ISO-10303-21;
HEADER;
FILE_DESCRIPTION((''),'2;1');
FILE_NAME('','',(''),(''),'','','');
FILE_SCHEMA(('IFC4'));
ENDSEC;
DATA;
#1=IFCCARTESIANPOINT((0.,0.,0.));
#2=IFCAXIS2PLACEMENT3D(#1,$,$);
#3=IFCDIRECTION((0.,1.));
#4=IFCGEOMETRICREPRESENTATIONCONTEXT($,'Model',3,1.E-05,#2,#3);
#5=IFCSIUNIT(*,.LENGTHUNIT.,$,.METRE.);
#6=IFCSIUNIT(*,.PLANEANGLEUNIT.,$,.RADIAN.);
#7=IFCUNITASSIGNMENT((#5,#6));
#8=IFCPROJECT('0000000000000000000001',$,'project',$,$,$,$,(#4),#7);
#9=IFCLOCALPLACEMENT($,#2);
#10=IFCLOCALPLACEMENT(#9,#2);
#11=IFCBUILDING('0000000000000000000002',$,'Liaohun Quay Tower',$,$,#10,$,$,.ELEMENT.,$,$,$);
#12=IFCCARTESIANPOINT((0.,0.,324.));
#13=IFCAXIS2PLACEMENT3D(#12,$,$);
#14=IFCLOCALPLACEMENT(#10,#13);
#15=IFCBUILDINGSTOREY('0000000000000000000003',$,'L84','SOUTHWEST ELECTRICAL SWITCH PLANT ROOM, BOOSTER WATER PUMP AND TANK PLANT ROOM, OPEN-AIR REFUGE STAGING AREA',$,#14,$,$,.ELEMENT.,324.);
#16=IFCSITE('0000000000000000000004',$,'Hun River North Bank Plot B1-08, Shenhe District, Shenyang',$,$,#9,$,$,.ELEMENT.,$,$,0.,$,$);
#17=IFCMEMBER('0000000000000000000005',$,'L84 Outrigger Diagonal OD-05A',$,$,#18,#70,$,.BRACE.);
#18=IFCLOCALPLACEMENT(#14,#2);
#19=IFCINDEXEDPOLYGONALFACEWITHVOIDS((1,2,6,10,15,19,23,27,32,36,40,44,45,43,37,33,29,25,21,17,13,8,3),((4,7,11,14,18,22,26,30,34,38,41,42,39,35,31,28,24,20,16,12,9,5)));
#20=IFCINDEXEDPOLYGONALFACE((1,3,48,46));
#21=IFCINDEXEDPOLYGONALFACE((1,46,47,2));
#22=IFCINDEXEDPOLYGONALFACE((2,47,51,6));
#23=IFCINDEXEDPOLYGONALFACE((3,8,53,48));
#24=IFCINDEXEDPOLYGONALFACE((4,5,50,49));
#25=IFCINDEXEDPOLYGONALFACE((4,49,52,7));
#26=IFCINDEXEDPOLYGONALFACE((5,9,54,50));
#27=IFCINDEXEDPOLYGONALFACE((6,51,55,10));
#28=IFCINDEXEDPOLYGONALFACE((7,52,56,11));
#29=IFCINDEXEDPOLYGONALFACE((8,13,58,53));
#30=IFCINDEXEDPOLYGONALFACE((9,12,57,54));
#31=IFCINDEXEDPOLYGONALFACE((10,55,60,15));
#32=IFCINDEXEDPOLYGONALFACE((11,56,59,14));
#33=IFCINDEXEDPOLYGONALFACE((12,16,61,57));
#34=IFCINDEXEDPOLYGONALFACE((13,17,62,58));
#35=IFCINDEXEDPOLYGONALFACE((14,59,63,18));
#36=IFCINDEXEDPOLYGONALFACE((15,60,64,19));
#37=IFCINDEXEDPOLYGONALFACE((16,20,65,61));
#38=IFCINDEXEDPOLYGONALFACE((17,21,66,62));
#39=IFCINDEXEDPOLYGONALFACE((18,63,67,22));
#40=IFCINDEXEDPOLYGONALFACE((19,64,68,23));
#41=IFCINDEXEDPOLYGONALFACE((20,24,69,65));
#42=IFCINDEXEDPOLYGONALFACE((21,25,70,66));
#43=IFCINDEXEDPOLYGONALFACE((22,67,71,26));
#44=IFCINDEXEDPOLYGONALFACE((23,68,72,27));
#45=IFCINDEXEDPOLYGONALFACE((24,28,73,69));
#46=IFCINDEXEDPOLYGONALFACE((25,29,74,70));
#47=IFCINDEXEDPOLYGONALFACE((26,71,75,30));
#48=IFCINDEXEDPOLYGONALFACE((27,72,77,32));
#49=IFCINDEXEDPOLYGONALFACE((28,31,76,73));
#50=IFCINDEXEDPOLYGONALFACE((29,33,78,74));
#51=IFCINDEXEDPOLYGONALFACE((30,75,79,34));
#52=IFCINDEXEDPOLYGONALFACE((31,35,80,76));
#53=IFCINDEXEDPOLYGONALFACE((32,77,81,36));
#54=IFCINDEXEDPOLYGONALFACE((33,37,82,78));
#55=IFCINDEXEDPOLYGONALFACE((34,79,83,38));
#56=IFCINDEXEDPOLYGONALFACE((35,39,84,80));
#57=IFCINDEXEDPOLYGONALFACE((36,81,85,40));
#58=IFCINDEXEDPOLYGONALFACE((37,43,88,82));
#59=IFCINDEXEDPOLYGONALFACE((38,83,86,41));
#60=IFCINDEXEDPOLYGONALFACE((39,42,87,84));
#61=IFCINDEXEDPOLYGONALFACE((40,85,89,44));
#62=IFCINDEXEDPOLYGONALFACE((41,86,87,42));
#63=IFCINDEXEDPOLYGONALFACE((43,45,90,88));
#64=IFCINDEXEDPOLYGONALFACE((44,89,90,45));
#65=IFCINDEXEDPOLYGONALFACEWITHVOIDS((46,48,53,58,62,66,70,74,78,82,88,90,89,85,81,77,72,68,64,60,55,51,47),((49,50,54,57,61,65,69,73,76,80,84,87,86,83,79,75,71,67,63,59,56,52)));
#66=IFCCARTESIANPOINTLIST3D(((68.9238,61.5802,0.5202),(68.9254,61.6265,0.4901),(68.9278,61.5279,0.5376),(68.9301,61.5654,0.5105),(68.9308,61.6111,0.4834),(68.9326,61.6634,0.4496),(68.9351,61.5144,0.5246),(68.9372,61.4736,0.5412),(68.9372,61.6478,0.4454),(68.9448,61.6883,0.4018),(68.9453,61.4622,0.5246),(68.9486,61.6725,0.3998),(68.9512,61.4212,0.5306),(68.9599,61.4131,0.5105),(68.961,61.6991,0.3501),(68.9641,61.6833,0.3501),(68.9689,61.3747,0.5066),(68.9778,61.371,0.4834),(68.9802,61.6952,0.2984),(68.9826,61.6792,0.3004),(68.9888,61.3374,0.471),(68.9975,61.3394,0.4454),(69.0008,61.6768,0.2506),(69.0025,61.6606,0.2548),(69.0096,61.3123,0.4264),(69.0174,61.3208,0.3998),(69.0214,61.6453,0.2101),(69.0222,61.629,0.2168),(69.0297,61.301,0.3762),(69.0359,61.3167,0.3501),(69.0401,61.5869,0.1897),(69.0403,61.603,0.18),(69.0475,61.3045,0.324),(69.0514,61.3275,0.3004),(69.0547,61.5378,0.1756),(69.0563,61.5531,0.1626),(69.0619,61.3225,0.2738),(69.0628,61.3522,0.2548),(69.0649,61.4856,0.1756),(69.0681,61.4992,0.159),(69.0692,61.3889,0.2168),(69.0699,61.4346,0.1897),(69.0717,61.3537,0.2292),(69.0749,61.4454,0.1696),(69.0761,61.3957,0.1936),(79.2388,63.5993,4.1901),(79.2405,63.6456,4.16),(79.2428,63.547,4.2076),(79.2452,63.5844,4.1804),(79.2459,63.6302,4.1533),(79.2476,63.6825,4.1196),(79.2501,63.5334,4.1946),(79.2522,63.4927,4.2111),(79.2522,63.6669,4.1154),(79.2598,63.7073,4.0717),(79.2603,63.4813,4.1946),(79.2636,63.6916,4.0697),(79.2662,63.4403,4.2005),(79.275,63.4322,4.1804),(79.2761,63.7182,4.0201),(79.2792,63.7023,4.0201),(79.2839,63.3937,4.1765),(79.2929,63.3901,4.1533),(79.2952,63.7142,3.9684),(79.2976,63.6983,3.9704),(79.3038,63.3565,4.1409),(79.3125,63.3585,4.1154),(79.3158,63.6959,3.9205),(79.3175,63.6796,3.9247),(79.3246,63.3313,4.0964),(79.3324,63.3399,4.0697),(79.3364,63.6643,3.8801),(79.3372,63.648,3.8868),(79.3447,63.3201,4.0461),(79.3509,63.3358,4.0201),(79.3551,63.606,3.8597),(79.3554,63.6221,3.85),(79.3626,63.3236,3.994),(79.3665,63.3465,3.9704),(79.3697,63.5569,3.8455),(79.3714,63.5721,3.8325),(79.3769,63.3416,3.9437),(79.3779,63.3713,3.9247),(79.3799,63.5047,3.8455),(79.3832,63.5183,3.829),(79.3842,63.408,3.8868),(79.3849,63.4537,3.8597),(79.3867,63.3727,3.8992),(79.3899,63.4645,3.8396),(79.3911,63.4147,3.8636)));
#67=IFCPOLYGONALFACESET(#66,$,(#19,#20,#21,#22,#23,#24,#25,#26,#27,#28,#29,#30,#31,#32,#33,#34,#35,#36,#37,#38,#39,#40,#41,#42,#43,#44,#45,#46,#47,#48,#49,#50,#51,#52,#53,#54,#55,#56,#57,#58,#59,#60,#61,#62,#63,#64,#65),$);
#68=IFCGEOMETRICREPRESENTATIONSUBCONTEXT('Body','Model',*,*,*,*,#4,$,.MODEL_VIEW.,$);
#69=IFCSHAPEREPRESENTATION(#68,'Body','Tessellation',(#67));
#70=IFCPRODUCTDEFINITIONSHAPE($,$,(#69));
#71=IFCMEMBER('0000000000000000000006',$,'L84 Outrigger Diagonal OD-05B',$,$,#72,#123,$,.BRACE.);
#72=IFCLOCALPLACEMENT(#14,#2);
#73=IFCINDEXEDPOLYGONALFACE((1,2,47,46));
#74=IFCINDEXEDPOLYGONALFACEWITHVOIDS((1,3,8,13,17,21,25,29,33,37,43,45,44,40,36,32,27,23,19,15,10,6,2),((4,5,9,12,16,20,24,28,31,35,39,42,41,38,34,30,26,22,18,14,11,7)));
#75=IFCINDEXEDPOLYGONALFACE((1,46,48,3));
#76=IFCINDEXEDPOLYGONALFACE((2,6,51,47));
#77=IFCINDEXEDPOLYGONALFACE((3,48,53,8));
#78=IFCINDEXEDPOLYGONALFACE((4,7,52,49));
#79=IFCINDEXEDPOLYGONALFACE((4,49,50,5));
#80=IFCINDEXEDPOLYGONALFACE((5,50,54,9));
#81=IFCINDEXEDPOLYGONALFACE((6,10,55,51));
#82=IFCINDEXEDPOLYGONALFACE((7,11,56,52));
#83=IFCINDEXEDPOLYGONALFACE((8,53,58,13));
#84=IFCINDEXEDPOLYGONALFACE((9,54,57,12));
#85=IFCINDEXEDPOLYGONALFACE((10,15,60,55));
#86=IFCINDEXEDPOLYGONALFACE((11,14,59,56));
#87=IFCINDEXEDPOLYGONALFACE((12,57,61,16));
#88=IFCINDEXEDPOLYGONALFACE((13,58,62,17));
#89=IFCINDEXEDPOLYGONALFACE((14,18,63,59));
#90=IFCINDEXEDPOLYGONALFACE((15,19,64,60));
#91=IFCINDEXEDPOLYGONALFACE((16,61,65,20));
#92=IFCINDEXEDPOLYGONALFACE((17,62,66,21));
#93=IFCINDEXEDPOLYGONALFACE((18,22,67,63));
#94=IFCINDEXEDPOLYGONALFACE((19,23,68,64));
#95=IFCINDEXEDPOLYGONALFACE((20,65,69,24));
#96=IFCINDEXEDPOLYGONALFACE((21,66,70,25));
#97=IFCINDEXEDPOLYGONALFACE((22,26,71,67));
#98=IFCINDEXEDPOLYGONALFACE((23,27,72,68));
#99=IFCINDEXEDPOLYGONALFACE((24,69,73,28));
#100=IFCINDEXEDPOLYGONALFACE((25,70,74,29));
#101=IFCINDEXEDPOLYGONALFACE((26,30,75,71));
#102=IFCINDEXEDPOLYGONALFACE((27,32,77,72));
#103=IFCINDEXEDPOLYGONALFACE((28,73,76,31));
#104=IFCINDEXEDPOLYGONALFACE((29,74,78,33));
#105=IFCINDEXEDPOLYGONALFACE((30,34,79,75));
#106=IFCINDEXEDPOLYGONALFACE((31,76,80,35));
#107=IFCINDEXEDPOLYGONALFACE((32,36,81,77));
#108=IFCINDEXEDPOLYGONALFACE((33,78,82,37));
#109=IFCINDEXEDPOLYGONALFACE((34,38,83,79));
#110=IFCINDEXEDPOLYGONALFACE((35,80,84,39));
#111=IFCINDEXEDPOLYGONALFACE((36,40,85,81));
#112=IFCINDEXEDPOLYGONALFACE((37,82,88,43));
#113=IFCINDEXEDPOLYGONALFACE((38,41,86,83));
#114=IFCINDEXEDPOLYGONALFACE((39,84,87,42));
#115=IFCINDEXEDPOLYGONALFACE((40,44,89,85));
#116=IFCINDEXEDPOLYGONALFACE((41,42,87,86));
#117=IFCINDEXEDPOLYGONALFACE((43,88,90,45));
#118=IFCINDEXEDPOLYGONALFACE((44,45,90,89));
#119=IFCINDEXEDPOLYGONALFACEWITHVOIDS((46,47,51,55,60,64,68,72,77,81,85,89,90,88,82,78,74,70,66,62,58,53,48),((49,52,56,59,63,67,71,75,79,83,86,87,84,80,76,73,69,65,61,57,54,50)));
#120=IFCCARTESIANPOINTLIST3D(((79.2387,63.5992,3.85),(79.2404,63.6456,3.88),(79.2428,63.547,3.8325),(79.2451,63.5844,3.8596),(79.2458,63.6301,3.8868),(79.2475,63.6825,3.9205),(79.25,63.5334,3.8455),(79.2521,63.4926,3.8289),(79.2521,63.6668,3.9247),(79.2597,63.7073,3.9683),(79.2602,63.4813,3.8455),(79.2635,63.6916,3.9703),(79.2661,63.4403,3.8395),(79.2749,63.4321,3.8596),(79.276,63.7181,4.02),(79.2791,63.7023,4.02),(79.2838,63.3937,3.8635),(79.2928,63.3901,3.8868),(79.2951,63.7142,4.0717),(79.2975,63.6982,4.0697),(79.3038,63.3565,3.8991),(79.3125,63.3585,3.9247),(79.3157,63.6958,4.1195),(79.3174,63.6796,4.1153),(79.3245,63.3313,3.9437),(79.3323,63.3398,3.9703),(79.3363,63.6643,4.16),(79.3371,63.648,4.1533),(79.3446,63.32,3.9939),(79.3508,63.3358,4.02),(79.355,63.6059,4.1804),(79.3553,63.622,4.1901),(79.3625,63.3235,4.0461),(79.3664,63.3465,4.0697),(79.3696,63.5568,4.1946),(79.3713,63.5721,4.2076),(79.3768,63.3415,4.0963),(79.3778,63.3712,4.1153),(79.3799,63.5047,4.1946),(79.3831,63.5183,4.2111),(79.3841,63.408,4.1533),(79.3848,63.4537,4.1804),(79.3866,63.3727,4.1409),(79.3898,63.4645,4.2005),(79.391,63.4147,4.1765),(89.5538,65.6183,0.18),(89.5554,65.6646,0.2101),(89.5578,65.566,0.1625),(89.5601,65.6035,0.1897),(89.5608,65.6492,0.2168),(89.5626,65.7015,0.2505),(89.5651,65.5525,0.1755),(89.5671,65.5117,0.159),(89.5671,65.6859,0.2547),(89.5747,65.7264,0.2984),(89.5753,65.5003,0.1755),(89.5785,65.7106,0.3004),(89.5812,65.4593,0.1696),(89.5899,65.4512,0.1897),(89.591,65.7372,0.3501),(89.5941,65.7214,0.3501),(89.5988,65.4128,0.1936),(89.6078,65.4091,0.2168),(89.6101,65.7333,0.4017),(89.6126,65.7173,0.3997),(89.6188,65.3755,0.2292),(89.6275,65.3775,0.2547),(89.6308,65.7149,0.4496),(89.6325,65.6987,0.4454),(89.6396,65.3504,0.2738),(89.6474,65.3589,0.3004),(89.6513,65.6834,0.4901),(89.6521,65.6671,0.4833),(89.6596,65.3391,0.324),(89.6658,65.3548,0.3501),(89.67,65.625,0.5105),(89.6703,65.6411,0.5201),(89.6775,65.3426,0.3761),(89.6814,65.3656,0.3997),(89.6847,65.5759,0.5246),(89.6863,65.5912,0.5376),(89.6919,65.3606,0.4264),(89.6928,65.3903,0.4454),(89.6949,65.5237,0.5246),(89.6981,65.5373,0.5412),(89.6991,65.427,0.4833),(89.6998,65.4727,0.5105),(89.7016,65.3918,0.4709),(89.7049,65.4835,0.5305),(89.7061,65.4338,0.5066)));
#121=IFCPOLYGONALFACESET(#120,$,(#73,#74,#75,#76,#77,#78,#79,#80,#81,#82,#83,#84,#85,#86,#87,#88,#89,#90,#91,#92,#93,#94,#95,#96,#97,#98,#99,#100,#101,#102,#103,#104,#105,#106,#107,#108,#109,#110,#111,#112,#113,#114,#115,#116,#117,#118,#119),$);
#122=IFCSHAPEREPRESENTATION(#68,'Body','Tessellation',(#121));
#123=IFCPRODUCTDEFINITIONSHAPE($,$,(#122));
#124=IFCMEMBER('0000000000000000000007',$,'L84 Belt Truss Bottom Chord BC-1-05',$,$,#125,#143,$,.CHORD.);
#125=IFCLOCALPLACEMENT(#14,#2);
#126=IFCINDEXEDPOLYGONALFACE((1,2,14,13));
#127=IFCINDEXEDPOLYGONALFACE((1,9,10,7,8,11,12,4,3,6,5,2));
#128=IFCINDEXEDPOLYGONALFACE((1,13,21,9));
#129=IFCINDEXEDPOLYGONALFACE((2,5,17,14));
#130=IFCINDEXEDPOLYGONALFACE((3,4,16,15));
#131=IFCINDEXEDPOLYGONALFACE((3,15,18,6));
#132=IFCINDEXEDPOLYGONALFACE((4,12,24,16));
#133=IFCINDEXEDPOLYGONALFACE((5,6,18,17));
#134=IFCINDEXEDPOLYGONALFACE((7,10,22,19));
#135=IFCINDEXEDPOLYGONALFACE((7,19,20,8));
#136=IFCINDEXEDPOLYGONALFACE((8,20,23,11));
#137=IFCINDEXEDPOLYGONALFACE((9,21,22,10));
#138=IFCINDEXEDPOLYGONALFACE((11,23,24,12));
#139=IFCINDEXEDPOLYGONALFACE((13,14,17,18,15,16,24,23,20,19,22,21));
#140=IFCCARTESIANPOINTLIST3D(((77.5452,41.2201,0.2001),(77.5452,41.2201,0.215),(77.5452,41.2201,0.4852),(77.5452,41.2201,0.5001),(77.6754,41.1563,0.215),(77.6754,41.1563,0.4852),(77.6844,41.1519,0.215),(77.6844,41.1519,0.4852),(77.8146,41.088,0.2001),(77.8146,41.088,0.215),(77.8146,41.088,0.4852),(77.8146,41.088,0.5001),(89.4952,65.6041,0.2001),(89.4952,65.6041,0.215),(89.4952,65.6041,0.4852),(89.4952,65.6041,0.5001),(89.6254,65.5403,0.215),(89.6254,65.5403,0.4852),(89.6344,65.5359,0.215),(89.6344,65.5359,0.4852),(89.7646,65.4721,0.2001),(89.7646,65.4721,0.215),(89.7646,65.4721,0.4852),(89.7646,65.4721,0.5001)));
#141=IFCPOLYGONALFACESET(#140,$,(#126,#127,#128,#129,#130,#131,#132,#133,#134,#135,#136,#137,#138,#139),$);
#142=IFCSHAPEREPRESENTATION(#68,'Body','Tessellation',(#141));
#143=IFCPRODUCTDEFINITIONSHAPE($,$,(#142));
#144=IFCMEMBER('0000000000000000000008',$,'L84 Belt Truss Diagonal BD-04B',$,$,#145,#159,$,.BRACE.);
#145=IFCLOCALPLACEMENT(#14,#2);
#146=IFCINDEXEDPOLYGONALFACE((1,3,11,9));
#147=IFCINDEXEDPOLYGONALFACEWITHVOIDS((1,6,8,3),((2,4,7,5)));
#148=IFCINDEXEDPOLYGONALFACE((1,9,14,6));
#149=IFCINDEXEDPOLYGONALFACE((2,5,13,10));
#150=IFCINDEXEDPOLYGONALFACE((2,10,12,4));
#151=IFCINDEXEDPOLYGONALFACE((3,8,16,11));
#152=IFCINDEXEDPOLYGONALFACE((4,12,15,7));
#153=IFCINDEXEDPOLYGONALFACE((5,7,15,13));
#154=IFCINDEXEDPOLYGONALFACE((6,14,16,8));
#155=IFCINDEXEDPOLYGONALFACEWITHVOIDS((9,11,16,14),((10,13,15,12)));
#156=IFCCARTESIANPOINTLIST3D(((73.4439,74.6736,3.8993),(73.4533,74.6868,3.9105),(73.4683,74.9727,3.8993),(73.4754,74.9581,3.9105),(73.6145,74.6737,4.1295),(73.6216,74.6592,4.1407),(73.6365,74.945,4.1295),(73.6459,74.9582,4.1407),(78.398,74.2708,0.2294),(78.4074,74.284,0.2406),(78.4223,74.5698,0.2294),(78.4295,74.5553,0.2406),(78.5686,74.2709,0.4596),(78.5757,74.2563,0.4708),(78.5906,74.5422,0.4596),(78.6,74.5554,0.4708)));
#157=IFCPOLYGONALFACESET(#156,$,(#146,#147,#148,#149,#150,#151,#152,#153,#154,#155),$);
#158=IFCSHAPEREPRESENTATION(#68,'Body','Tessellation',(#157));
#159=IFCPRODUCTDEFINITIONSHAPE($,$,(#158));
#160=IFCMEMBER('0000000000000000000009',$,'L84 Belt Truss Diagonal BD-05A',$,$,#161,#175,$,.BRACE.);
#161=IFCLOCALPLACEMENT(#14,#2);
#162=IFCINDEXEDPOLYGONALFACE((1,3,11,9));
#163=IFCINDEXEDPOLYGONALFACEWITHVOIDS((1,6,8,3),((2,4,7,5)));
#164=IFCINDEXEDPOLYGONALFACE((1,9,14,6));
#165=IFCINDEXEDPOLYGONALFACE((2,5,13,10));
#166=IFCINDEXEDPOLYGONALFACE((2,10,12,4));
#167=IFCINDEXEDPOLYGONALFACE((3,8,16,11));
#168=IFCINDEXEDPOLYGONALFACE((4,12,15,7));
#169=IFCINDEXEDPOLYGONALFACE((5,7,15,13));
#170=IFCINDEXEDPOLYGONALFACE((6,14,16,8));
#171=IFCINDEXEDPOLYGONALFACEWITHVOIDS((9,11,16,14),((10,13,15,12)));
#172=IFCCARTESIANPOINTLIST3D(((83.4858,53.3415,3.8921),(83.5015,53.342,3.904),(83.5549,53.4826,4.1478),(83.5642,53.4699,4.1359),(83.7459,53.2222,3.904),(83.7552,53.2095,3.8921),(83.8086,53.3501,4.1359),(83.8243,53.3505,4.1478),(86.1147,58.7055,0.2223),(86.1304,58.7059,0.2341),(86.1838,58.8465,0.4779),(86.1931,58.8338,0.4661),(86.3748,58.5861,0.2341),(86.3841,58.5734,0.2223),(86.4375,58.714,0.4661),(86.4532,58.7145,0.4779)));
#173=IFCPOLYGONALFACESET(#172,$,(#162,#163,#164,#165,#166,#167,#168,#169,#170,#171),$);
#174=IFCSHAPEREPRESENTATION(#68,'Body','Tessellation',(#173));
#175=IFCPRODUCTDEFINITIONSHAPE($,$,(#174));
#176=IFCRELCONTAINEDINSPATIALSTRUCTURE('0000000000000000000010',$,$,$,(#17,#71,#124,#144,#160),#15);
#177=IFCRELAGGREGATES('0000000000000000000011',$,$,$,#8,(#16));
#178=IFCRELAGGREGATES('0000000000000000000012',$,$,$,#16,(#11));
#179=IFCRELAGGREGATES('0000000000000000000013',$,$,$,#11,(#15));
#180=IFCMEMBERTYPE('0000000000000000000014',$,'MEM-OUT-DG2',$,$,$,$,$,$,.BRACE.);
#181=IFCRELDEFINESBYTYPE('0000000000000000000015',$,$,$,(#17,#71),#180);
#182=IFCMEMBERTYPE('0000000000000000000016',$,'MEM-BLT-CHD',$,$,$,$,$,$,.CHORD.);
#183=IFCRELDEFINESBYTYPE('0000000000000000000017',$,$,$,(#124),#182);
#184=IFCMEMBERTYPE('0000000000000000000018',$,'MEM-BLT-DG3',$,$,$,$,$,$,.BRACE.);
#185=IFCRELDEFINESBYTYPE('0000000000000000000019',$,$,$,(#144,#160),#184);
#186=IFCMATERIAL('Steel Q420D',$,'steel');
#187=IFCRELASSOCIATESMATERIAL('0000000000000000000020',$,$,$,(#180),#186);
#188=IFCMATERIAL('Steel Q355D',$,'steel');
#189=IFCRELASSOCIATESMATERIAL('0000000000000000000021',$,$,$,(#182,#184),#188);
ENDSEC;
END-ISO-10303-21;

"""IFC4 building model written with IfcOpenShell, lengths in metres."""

from ifc_helpers import new_model, si_unit, direction, frame, origin, origin_2d, place, context, subcontext, project, spatial, hollow_rectangle, hollow_circle, i_section, extrude, source, transform, mapped, material, material_profile, profile_set, type_object, element, save


model = new_model("IFC4")

# Units and contexts
model_context = context("Model", 3, precision=1e-05, world=origin(), true_north=direction((0.0, 1.0)))
body_context = subcontext(model_context, "Body", "Model", "MODEL_VIEW")
ifc_project = project(units=[si_unit("LENGTHUNIT", "METRE"), si_unit("PLANEANGLEUNIT", "RADIAN")], contexts=[model_context])

# Site, building, storey
site_placement = place(None, origin())
site = spatial("IfcSite", under=ifc_project, at=site_placement, Name="Hun River North Bank Plot B1-08, Shenhe District, Shenyang", CompositionType="ELEMENT", RefElevation=0.0)
building_placement = place(site_placement, origin())
building = spatial("IfcBuilding", under=site, at=building_placement, Name="Liaohun Quay Tower", CompositionType="ELEMENT")
storey_placement = place(building_placement, frame((0.0, 0.0, 324.0)))
storey = spatial("IfcBuildingStorey", under=building, at=storey_placement, Name="L84", Description="SOUTHWEST ELECTRICAL SWITCH PLANT ROOM, BOOSTER WATER PUMP AND TANK PLANT ROOM, OPEN-AIR REFUGE STAGING AREA", CompositionType="ELEMENT", Elevation=324.0)

# Shared definitions
ifc_material_1 = material(Name="Steel Q355D", Category="steel")

# Members
ifc_material_2 = material(Name="Steel Q420D", Category="steel")
ifc_material_profile_1 = material_profile(ifc_material_2, hollow_circle(Radius=0.2029, WallThickness=0.0161, at=origin_2d()), Name="CHS406x16")
ifc_profile_set_1 = profile_set([ifc_material_profile_1], Name="Steel Q420D")
member_type_1 = type_object("IfcMemberType", Name="MEM-OUT-DG2", PredefinedType="BRACE", material=ifc_profile_set_1)
shared_shape_1 = source(origin(), body_context, "Body", "SweptSolid", [
    extrude(hollow_circle(Radius=0.2029, WallThickness=0.0161, at=origin_2d()), origin(), (0.0, 0.0, 1.0), 11.1331),
])
for number, where, z_axis, x_axis, name in (
    (1, (69.0, 61.5, 0.3501), (0.926523, 0.181357, 0.329645), (-0.192094, 0.981376, 0.0), "L84 Outrigger Diagonal OD-05A"),
    (2, (79.3149, 63.519, 4.02), (0.926523, 0.181357, -0.329645), (-0.192094, 0.981376, 0.0), "L84 Outrigger Diagonal OD-05B"),
):
    element("IfcMember", number, at=place(storey_placement, frame(where, z_axis=z_axis, x_axis=x_axis)), inside=storey, type_object=member_type_1, Name=name, PredefinedType="BRACE", context=body_context, shape_type="MappedRepresentation", body=[
        mapped(shared_shape_1, transform((0.0, 0.0, 0.0), x_axis=(1.0, 0.0, 0.0), y_axis=(0.0, 1.0, 0.0), z_axis=(0.0, 0.0, 1.0), scale=1.0)),
    ])
ifc_material_profile_2 = material_profile(ifc_material_1, i_section(OverallWidth=0.3, OverallDepth=0.3, WebThickness=0.01, FlangeThickness=0.0149, at=origin_2d()), Name="HW300x300x10x15")
ifc_profile_set_2 = profile_set([ifc_material_profile_2], Name="Steel Q355D")
member_type_2 = type_object("IfcMemberType", Name="MEM-BLT-CHD", PredefinedType="CHORD", material=ifc_profile_set_2)
shared_shape_2 = source(origin(), body_context, "Body", "SweptSolid", [
    extrude(i_section(OverallWidth=0.3, OverallDepth=0.3, WebThickness=0.01, FlangeThickness=0.0149, at=origin_2d()), origin(), (0.0, 0.0, 1.0), 27.1548),
])
member_1_placement = place(storey_placement, frame((89.6299, 65.5381, 0.3501), z_axis=(-0.440068, -0.897964, 0.0), x_axis=(0.897964, -0.440068, 0.0)))
element("IfcMember", 3, at=member_1_placement, inside=storey, type_object=member_type_2, Name="L84 Belt Truss Bottom Chord BC-1-05", PredefinedType="CHORD", context=body_context, shape_type="MappedRepresentation", body=[
    mapped(shared_shape_2, transform((0.0, 0.0, 0.0), x_axis=(1.0, 0.0, 0.0), y_axis=(0.0, 1.0, 0.0), z_axis=(0.0, 0.0, 1.0), scale=1.0)),
])
ifc_material_profile_3 = material_profile(ifc_material_1, hollow_rectangle(XDim=0.3, YDim=0.3, WallThickness=0.0139, at=origin_2d()), Name="SHS300x300x14")
ifc_profile_set_3 = profile_set([ifc_material_profile_3], Name="Steel Q355D")
member_type_3 = type_object("IfcMemberType", Name="MEM-BLT-DG3", PredefinedType="BRACE", material=ifc_profile_set_3)
shared_shape_3 = source(origin(), body_context, "Body", "SweptSolid", [
    extrude(hollow_rectangle(XDim=0.3, YDim=0.3, WallThickness=0.0139, at=origin_2d()), origin(), (0.0, 0.0, 1.0), 6.1785),
])
member_2_placement = place(storey_placement, frame((73.5449, 74.8159, 4.02), z_axis=(0.801831, -0.065199, -0.593984), x_axis=(0.081045, 0.99671, 0.0)))
element("IfcMember", 4, at=member_2_placement, inside=storey, type_object=member_type_3, Name="L84 Belt Truss Diagonal BD-04B", PredefinedType="BRACE", context=body_context, shape_type="MappedRepresentation", body=[
    mapped(shared_shape_3, transform((0.0, 0.0, 0.0), x_axis=(1.0, 0.0, 0.0), y_axis=(0.0, 1.0, 0.0), z_axis=(0.0, 0.0, 1.0), scale=1.0)),
])
shared_shape_4 = source(origin(), body_context, "Body", "SweptSolid", [
    extrude(hollow_rectangle(XDim=0.3, YDim=0.3, WallThickness=0.0139, at=origin_2d()), origin(), (0.0, 0.0, 1.0), 7.0107),
])
member_3_placement = place(storey_placement, frame((86.2839, 58.71, 0.3501), z_axis=(-0.374976, -0.765101, 0.523463), x_axis=(0.897955, -0.440088, 0.0)))
element("IfcMember", 5, at=member_3_placement, inside=storey, type_object=member_type_3, Name="L84 Belt Truss Diagonal BD-05A", PredefinedType="BRACE", context=body_context, shape_type="MappedRepresentation", body=[
    mapped(shared_shape_4, transform((0.0, 0.0, 0.0), x_axis=(1.0, 0.0, 0.0), y_axis=(0.0, 1.0, 0.0), z_axis=(0.0, 0.0, 1.0), scale=1.0)),
])

save(model, "model.ifc")
